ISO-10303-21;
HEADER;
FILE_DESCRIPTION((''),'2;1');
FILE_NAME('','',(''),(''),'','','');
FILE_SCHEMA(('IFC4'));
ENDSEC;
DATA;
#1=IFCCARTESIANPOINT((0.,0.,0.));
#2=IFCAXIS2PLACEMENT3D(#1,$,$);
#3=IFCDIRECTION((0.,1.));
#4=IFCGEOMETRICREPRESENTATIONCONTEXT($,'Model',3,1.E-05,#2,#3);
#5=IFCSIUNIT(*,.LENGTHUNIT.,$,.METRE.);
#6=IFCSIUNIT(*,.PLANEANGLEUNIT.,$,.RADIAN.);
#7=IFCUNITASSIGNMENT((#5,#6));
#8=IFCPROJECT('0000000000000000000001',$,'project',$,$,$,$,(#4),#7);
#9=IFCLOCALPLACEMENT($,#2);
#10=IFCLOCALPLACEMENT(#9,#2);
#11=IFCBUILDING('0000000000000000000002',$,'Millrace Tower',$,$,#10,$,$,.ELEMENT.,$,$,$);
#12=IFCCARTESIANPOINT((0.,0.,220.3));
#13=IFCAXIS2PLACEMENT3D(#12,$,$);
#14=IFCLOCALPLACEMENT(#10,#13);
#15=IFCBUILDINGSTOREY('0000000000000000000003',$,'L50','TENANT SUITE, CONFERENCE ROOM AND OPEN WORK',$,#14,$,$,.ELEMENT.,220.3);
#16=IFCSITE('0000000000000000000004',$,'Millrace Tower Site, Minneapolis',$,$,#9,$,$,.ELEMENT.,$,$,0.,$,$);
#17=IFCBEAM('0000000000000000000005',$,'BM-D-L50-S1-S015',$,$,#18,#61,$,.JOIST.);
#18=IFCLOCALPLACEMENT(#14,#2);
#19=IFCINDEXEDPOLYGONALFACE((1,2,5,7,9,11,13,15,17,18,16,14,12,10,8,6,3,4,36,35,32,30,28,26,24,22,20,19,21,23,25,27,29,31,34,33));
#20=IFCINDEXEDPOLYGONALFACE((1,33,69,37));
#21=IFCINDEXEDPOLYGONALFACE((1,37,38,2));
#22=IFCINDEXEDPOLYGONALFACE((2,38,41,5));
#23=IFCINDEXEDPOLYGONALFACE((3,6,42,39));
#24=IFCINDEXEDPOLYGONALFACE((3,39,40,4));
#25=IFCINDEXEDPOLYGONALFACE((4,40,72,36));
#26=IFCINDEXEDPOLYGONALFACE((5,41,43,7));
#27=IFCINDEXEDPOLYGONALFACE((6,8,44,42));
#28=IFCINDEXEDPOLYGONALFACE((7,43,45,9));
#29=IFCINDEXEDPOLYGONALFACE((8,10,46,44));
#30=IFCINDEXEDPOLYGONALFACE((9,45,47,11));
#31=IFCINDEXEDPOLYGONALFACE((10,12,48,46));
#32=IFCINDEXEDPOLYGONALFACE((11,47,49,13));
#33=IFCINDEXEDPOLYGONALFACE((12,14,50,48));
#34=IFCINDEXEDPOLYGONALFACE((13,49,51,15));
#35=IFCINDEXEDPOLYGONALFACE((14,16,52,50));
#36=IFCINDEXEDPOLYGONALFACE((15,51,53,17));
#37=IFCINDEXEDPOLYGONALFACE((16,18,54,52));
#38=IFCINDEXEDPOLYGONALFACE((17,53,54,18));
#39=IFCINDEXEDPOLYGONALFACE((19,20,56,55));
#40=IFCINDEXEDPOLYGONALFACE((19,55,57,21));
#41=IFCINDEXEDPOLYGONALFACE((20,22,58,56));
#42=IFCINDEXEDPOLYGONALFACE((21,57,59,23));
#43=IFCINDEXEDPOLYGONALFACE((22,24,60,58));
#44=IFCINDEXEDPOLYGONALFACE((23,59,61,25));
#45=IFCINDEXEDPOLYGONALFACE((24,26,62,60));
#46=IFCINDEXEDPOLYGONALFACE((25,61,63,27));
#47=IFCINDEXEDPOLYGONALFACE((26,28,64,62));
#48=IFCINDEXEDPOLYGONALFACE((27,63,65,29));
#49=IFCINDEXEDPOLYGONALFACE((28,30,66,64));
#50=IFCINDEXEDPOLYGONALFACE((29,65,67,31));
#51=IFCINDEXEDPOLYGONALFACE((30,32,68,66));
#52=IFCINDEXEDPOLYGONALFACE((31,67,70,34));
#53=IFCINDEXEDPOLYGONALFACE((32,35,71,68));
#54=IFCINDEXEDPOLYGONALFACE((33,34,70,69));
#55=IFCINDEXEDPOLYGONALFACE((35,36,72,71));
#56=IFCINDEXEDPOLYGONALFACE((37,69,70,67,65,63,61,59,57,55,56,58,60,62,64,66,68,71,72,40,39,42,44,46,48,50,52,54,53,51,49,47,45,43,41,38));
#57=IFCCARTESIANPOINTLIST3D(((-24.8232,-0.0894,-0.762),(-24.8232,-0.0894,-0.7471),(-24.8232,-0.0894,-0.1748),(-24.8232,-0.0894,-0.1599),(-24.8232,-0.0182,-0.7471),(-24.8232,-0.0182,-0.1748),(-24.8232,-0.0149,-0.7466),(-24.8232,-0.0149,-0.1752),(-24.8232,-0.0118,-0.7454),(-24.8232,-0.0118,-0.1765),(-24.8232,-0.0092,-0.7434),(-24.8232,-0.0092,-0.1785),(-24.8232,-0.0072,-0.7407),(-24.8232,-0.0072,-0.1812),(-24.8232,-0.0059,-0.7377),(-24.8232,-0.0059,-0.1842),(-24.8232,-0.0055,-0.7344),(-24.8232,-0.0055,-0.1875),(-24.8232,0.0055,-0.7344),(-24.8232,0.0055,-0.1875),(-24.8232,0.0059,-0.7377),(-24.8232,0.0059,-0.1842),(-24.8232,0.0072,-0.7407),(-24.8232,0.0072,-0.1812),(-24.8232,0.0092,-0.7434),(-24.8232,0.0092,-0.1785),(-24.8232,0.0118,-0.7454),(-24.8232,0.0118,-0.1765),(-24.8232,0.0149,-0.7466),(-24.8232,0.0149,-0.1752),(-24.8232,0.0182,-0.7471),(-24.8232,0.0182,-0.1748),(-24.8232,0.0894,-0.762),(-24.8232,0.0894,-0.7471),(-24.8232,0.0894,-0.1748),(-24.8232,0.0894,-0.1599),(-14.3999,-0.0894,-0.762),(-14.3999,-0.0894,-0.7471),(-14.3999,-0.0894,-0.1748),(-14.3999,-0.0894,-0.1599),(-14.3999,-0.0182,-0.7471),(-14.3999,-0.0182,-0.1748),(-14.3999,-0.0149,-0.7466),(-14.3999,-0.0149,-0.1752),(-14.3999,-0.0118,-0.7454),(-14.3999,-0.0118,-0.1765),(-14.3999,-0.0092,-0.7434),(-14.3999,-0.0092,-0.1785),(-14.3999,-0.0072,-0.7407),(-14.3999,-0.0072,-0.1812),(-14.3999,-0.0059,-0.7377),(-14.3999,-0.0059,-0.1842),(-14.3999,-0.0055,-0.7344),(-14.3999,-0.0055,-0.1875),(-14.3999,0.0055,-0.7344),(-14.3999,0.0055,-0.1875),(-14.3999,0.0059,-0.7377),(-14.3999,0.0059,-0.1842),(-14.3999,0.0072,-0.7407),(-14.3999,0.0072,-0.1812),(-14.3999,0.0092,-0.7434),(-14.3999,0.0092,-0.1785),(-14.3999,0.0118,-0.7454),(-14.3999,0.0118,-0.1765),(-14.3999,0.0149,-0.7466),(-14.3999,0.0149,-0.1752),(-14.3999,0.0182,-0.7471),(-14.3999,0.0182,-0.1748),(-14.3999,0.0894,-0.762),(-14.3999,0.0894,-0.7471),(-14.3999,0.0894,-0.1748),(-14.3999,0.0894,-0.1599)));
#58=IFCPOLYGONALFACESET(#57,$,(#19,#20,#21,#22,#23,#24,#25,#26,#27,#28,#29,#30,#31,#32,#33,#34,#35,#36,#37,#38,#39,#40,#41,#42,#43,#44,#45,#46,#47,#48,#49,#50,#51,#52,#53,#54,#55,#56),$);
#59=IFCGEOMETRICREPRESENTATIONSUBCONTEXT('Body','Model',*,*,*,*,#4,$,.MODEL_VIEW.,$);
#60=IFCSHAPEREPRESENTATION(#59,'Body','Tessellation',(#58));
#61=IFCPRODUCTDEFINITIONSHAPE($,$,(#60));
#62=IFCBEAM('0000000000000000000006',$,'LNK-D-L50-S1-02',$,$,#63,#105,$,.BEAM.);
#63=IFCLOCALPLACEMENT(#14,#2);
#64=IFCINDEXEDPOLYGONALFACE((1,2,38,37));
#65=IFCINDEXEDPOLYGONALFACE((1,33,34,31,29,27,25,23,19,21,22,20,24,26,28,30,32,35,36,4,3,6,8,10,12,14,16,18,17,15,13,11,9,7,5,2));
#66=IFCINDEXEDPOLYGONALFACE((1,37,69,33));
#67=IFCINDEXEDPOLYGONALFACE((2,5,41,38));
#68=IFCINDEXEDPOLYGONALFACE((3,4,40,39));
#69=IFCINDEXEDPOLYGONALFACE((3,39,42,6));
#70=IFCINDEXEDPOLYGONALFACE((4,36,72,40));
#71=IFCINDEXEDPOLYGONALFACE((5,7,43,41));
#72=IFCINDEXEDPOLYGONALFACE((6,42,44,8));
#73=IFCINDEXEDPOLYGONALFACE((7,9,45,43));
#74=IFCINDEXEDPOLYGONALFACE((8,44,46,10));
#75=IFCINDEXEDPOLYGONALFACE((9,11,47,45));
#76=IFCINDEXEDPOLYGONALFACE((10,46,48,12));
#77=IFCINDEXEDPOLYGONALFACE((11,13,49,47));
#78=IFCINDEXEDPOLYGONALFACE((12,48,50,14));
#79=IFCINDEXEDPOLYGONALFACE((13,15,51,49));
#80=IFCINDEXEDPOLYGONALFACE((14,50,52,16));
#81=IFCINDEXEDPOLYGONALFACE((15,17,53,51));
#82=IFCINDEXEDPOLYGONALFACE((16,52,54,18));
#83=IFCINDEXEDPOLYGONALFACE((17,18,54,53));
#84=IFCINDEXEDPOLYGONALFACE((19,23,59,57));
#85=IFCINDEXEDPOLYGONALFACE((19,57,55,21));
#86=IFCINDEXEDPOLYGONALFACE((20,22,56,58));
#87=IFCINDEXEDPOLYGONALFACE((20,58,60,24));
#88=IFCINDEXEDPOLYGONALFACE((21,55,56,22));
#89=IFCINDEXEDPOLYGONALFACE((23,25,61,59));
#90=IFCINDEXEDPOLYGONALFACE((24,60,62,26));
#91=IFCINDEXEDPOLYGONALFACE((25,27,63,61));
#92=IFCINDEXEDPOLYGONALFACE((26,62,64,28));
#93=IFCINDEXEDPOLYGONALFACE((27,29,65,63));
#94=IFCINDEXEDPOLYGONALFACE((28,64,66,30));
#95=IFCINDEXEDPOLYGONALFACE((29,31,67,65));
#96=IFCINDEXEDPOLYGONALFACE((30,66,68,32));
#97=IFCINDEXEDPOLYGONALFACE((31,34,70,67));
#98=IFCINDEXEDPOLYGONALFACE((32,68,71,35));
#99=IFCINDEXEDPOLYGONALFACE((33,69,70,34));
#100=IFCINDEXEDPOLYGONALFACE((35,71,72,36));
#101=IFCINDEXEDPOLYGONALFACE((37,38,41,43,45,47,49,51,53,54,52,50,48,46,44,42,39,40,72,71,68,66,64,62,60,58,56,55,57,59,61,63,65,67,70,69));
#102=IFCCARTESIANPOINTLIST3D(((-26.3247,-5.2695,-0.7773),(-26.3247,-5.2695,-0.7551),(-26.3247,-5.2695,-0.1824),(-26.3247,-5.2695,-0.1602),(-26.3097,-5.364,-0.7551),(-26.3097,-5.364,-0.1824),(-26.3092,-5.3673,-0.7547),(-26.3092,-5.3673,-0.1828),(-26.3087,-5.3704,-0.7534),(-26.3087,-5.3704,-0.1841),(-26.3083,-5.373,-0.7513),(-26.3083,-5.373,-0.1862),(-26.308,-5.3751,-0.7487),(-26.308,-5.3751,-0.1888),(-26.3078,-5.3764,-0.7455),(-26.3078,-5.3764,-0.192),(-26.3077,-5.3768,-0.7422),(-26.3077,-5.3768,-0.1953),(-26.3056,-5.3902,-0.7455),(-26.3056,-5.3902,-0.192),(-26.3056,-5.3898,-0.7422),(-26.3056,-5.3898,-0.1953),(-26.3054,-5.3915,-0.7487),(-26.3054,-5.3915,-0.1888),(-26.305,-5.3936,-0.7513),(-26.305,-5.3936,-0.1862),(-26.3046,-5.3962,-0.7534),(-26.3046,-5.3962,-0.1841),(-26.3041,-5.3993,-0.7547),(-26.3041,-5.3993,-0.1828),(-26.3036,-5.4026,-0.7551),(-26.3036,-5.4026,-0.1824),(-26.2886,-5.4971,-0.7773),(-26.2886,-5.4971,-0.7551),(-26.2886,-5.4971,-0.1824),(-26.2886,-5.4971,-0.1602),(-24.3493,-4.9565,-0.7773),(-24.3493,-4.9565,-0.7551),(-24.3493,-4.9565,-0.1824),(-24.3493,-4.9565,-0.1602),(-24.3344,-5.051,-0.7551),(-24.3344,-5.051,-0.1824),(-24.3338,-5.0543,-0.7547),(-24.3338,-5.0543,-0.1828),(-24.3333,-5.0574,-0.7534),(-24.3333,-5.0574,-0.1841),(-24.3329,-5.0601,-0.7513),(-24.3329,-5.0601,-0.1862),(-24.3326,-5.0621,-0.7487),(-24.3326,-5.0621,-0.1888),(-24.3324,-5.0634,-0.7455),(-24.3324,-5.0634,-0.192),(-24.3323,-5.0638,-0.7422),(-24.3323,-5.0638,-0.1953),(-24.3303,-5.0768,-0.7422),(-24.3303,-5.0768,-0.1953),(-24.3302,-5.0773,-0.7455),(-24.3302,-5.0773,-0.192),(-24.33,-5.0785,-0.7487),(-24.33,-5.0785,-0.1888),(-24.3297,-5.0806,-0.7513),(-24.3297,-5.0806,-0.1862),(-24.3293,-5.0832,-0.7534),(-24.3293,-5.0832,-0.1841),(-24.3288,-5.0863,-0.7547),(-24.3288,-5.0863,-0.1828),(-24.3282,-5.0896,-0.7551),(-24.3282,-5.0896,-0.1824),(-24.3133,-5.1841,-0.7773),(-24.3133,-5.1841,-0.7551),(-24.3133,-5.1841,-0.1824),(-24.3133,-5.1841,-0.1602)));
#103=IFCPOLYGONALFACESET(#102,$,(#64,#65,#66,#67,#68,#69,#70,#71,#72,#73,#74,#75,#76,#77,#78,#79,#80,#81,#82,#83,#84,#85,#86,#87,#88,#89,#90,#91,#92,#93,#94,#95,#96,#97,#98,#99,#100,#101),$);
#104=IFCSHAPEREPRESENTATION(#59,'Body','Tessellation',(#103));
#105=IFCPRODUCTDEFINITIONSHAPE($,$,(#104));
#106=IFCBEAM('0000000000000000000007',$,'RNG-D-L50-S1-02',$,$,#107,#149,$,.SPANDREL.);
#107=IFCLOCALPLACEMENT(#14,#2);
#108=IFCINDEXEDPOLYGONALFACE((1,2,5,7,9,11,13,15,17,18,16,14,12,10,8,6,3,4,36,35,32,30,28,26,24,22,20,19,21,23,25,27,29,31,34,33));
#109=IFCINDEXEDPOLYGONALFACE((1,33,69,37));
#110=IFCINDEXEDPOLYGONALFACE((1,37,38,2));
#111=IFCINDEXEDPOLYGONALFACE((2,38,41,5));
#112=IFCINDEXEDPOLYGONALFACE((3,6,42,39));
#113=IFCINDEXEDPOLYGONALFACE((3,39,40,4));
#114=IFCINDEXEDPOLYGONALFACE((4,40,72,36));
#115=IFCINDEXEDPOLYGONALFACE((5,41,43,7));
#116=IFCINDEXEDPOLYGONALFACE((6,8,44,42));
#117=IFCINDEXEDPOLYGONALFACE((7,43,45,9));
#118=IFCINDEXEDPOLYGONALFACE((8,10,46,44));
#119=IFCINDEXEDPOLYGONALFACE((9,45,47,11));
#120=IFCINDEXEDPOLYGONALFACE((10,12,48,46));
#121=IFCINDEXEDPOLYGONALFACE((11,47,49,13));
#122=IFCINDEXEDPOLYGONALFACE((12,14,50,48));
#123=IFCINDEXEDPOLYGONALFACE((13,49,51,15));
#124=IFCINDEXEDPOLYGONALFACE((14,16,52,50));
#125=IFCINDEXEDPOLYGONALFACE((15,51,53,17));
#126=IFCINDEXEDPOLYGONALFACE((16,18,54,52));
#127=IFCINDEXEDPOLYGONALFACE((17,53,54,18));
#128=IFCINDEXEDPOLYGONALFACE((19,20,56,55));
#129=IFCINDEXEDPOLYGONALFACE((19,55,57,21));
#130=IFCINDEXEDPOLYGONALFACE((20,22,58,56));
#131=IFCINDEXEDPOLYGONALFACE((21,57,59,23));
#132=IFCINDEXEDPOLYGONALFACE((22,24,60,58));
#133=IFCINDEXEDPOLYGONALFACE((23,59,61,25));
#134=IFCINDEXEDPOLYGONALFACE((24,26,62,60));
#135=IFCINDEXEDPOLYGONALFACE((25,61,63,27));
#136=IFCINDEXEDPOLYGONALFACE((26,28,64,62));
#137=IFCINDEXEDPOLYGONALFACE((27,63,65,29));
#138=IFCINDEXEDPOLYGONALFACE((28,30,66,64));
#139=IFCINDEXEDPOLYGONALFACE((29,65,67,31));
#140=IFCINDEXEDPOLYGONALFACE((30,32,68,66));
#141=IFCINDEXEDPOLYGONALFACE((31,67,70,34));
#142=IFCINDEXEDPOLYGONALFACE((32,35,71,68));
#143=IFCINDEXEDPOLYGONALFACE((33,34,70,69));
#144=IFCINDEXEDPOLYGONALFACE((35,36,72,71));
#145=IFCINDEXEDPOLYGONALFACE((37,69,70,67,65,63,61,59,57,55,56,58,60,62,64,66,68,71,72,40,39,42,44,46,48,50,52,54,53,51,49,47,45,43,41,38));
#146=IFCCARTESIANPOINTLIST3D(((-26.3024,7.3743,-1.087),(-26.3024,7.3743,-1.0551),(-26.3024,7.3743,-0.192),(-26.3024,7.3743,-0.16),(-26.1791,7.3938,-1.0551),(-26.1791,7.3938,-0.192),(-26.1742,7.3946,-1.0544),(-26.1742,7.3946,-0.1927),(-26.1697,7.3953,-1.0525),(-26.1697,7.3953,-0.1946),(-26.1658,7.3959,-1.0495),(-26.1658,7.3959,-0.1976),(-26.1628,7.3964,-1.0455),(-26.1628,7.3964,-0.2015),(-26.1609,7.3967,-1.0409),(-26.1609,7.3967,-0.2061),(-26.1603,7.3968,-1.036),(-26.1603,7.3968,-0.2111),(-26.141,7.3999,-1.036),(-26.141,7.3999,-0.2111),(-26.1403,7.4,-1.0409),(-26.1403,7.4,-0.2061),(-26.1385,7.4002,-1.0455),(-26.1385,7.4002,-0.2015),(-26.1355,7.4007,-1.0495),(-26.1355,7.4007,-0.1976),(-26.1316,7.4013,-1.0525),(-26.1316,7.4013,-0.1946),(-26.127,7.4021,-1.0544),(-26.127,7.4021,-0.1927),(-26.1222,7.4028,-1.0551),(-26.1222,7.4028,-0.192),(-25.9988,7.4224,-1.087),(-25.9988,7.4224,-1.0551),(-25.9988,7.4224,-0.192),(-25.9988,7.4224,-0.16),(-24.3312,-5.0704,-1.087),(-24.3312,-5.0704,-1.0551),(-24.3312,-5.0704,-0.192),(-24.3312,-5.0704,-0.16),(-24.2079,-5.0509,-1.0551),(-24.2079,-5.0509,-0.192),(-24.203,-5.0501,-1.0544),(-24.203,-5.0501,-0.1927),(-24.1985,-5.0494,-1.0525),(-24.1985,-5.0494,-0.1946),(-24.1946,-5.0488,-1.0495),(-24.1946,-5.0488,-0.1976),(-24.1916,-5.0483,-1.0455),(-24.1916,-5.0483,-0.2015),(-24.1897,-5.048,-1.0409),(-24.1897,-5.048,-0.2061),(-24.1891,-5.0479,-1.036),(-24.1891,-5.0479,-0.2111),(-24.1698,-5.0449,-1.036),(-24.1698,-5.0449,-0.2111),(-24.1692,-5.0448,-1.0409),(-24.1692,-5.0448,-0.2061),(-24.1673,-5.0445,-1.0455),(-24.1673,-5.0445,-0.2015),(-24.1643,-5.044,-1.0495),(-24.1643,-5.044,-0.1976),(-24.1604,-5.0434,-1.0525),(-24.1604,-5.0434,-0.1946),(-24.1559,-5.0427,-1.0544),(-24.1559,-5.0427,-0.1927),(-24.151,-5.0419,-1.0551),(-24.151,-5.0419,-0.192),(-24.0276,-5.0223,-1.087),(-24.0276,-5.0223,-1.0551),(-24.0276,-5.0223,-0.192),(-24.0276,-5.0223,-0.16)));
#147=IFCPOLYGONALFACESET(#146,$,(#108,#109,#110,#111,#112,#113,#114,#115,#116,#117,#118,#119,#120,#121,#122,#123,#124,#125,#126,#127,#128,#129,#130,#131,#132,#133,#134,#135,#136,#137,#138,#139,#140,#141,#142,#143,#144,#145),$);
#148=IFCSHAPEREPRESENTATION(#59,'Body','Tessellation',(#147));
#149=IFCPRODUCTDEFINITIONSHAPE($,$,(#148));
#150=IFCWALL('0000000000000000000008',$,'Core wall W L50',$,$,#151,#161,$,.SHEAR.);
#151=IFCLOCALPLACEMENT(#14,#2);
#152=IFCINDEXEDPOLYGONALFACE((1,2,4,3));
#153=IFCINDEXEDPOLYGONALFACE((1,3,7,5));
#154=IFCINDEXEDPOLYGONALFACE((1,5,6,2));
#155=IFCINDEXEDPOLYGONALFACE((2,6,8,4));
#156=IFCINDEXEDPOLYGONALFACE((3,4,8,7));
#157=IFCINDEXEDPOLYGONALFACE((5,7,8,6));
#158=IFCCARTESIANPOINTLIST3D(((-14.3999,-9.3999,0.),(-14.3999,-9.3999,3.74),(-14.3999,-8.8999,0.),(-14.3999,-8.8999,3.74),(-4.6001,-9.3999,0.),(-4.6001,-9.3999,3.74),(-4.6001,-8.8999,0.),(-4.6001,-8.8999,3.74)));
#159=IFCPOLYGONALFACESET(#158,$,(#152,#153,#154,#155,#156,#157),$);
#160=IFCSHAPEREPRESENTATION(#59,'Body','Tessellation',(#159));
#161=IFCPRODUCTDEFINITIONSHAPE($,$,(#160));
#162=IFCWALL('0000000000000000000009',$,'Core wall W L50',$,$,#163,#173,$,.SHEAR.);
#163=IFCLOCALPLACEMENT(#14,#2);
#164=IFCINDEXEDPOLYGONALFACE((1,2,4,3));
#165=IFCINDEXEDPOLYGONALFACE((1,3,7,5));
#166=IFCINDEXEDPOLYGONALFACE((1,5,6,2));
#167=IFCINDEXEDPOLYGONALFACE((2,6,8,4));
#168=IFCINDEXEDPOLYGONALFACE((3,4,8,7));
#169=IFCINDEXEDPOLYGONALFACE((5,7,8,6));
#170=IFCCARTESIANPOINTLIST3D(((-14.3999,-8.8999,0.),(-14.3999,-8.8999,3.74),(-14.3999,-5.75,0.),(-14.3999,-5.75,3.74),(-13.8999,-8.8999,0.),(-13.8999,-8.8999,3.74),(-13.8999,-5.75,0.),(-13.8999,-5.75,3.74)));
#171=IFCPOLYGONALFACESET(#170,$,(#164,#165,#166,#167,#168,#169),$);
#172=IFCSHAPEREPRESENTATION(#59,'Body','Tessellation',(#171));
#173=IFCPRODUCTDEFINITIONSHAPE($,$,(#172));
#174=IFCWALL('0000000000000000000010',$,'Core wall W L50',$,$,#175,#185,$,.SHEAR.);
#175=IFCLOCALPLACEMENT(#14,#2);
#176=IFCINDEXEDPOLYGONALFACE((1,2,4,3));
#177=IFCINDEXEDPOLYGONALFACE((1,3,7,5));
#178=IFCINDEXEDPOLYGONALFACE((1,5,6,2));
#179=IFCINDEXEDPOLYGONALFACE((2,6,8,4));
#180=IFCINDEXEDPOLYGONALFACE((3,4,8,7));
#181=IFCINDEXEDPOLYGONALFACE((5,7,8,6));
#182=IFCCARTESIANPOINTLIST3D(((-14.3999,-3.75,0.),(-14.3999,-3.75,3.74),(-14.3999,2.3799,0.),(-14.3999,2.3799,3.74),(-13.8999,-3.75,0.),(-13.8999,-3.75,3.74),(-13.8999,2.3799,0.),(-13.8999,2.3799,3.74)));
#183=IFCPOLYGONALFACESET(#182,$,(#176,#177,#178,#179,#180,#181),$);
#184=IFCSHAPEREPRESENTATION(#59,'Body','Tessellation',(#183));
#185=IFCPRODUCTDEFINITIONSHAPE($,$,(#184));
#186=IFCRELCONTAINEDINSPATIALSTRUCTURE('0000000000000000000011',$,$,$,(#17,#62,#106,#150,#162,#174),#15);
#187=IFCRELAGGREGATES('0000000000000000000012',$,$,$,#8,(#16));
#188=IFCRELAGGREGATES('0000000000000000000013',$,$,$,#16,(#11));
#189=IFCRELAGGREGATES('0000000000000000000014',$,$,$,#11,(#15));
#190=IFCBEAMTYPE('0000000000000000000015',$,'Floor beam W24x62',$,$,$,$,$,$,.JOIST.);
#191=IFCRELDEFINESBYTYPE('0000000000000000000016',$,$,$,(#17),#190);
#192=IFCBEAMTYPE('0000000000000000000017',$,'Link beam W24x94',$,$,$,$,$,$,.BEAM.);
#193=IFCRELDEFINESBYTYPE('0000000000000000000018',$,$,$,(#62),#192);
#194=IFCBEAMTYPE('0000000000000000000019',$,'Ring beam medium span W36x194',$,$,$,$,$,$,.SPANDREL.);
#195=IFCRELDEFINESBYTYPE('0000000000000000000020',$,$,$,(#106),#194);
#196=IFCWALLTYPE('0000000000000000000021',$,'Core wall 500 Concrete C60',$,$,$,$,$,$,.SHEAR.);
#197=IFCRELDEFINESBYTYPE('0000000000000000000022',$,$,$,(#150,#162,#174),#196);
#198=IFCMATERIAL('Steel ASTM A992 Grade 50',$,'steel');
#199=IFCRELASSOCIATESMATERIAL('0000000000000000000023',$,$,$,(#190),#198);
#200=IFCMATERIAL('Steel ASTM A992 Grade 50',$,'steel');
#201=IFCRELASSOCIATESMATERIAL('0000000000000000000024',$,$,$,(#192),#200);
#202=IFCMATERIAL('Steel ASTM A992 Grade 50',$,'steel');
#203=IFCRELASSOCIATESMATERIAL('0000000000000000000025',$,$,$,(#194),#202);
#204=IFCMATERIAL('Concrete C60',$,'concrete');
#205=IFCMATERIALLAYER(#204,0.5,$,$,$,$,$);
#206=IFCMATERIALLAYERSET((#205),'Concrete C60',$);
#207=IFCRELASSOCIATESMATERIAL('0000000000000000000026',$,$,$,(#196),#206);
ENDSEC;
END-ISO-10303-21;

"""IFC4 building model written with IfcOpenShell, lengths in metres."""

from ifc_helpers import new_model, si_unit, direction, frame, frame_2d, origin, origin_2d, place, context, subcontext, project, spatial, rectangle, i_section, extrude, material, layer, layer_set, material_profile, profile_set, type_object, element, save


model = new_model("IFC4")

# Units and contexts
model_context = context("Model", 3, precision=1e-05, world=origin(), true_north=direction((0.0, 1.0)))
body_context = subcontext(model_context, "Body", "Model", "MODEL_VIEW")
ifc_project = project(units=[si_unit("LENGTHUNIT", "METRE"), si_unit("PLANEANGLEUNIT", "RADIAN")], contexts=[model_context])

# Site, building, storey
site_placement = place(None, origin())
site = spatial("IfcSite", under=ifc_project, at=site_placement, Name="Millrace Tower Site, Minneapolis", CompositionType="ELEMENT", RefElevation=0.0)
building_placement = place(site_placement, origin())
building = spatial("IfcBuilding", under=site, at=building_placement, Name="Millrace Tower", CompositionType="ELEMENT")
storey_placement = place(building_placement, frame((0.0, 0.0, 220.3)))
storey = spatial("IfcBuildingStorey", under=building, at=storey_placement, Name="L50", Description="TENANT SUITE, CONFERENCE ROOM AND OPEN WORK", CompositionType="ELEMENT", Elevation=220.3)

# Beams
ifc_material_1 = material(Name="Steel ASTM A992 Grade 50", Category="steel")
ifc_material_profile_1 = material_profile(ifc_material_1, i_section(OverallWidth=0.1787, OverallDepth=0.6021, WebThickness=0.011, FlangeThickness=0.0149, FilletRadius=0.0127, at=origin_2d()))
ifc_profile_set_1 = profile_set([ifc_material_profile_1], Name="Steel ASTM A992 Grade 50")
beam_type_1 = type_object("IfcBeamType", Name="Floor beam W24x62", PredefinedType="JOIST", material=ifc_profile_set_1)
beam_1_placement = place(storey_placement, frame((-24.8232, 0.0, -0.4609), z_axis=(1.0, 0.0, 0.0), x_axis=(0.0, 1.0, 0.0)))
element("IfcBeam", 1, at=beam_1_placement, inside=storey, type_object=beam_type_1, Name="BM-D-L50-S1-S015", PredefinedType="JOIST", context=body_context, shape_type="SweptSolid", body=[
    extrude(i_section(OverallWidth=0.1787, OverallDepth=0.6021, WebThickness=0.011, FlangeThickness=0.0149, FilletRadius=0.0127, at=origin_2d()), origin(), (0.0, 0.0, 1.0), 10.4233),
])
ifc_material_2 = material(Name="Steel ASTM A992 Grade 50", Category="steel")
ifc_material_profile_2 = material_profile(ifc_material_2, i_section(OverallWidth=0.2305, OverallDepth=0.6172, WebThickness=0.0132, FlangeThickness=0.0222, FilletRadius=0.0129, at=origin_2d()))
ifc_profile_set_2 = profile_set([ifc_material_profile_2], Name="Steel ASTM A992 Grade 50")
beam_type_2 = type_object("IfcBeamType", Name="Link beam W24x94", PredefinedType="BEAM", material=ifc_profile_set_2)
beam_2_placement = place(storey_placement, frame((-24.3313, -5.0703, -0.4688), z_axis=(-0.987679, -0.156495, 0.0), x_axis=(0.156495, -0.987679, 0.0)))
element("IfcBeam", 2, at=beam_2_placement, inside=storey, type_object=beam_type_2, Name="LNK-D-L50-S1-02", PredefinedType="BEAM", context=body_context, shape_type="SweptSolid", body=[
    extrude(i_section(OverallWidth=0.2305, OverallDepth=0.6172, WebThickness=0.0132, FlangeThickness=0.0222, FilletRadius=0.0129, at=origin_2d()), origin(), (0.0, 0.0, 1.0), 2.0),
])
ifc_material_3 = material(Name="Steel ASTM A992 Grade 50", Category="steel")
ifc_material_profile_3 = material_profile(ifc_material_3, i_section(OverallWidth=0.3074, OverallDepth=0.927, WebThickness=0.0195, FlangeThickness=0.032, FilletRadius=0.019, at=origin_2d()))
ifc_profile_set_3 = profile_set([ifc_material_profile_3], Name="Steel ASTM A992 Grade 50")
beam_type_3 = type_object("IfcBeamType", Name="Ring beam medium span W36x194", PredefinedType="SPANDREL", material=ifc_profile_set_3)
beam_3_placement = place(storey_placement, frame((-24.1794, -5.0464, -0.6235), z_axis=(-0.156444, 0.987687, 0.0), x_axis=(-0.987687, -0.156444, 0.0)))
element("IfcBeam", 3, at=beam_3_placement, inside=storey, type_object=beam_type_3, Name="RNG-D-L50-S1-02", PredefinedType="SPANDREL", context=body_context, shape_type="SweptSolid", body=[
    extrude(i_section(OverallWidth=0.3074, OverallDepth=0.927, WebThickness=0.0195, FlangeThickness=0.032, FilletRadius=0.019, at=origin_2d()), origin(), (0.0, 0.0, 1.0), 12.5999),
])

# Walls
ifc_material_4 = material(Name="Concrete C60", Category="concrete")
ifc_layer_1 = layer(ifc_material_4, 0.5)
ifc_layer_set_1 = layer_set([ifc_layer_1], Name="Concrete C60")
wall_type_1 = type_object("IfcWallType", Name="Core wall 500 Concrete C60", PredefinedType="SHEAR", material=ifc_layer_set_1)
wall_1_placement = place(storey_placement, frame((-14.3999, -9.1499, 0.0), z_axis=(0.0, 0.0, 1.0), x_axis=(1.0, 0.0, 0.0)))
element("IfcWall", 4, at=wall_1_placement, inside=storey, type_object=wall_type_1, Name="Core wall W L50", PredefinedType="SHEAR", context=body_context, shape_type="SweptSolid", body=[
    extrude(rectangle(XDim=9.7998, YDim=0.5, at=frame_2d((4.8999, 0.0))), origin(), (0.0, 0.0, 1.0), 3.74),
])
wall_2_placement = place(storey_placement, frame((-14.1499, -8.8999, 0.0), z_axis=(0.0, 0.0, 1.0), x_axis=(0.0, 1.0, 0.0)))
element("IfcWall", 5, at=wall_2_placement, inside=storey, type_object=wall_type_1, Name="Core wall W L50", PredefinedType="SHEAR", context=body_context, shape_type="SweptSolid", body=[
    extrude(rectangle(XDim=3.1499, YDim=0.5, at=frame_2d((1.575, 0.0))), origin(), (0.0, 0.0, 1.0), 3.74),
])
wall_3_placement = place(storey_placement, frame((-14.1499, -3.75, 0.0), z_axis=(0.0, 0.0, 1.0), x_axis=(0.0, 1.0, 0.0)))
element("IfcWall", 6, at=wall_3_placement, inside=storey, type_object=wall_type_1, Name="Core wall W L50", PredefinedType="SHEAR", context=body_context, shape_type="SweptSolid", body=[
    extrude(rectangle(XDim=6.1299, YDim=0.5, at=frame_2d((3.0649, 0.0))), origin(), (0.0, 0.0, 1.0), 3.74),
])

save(model, "model.ifc")
